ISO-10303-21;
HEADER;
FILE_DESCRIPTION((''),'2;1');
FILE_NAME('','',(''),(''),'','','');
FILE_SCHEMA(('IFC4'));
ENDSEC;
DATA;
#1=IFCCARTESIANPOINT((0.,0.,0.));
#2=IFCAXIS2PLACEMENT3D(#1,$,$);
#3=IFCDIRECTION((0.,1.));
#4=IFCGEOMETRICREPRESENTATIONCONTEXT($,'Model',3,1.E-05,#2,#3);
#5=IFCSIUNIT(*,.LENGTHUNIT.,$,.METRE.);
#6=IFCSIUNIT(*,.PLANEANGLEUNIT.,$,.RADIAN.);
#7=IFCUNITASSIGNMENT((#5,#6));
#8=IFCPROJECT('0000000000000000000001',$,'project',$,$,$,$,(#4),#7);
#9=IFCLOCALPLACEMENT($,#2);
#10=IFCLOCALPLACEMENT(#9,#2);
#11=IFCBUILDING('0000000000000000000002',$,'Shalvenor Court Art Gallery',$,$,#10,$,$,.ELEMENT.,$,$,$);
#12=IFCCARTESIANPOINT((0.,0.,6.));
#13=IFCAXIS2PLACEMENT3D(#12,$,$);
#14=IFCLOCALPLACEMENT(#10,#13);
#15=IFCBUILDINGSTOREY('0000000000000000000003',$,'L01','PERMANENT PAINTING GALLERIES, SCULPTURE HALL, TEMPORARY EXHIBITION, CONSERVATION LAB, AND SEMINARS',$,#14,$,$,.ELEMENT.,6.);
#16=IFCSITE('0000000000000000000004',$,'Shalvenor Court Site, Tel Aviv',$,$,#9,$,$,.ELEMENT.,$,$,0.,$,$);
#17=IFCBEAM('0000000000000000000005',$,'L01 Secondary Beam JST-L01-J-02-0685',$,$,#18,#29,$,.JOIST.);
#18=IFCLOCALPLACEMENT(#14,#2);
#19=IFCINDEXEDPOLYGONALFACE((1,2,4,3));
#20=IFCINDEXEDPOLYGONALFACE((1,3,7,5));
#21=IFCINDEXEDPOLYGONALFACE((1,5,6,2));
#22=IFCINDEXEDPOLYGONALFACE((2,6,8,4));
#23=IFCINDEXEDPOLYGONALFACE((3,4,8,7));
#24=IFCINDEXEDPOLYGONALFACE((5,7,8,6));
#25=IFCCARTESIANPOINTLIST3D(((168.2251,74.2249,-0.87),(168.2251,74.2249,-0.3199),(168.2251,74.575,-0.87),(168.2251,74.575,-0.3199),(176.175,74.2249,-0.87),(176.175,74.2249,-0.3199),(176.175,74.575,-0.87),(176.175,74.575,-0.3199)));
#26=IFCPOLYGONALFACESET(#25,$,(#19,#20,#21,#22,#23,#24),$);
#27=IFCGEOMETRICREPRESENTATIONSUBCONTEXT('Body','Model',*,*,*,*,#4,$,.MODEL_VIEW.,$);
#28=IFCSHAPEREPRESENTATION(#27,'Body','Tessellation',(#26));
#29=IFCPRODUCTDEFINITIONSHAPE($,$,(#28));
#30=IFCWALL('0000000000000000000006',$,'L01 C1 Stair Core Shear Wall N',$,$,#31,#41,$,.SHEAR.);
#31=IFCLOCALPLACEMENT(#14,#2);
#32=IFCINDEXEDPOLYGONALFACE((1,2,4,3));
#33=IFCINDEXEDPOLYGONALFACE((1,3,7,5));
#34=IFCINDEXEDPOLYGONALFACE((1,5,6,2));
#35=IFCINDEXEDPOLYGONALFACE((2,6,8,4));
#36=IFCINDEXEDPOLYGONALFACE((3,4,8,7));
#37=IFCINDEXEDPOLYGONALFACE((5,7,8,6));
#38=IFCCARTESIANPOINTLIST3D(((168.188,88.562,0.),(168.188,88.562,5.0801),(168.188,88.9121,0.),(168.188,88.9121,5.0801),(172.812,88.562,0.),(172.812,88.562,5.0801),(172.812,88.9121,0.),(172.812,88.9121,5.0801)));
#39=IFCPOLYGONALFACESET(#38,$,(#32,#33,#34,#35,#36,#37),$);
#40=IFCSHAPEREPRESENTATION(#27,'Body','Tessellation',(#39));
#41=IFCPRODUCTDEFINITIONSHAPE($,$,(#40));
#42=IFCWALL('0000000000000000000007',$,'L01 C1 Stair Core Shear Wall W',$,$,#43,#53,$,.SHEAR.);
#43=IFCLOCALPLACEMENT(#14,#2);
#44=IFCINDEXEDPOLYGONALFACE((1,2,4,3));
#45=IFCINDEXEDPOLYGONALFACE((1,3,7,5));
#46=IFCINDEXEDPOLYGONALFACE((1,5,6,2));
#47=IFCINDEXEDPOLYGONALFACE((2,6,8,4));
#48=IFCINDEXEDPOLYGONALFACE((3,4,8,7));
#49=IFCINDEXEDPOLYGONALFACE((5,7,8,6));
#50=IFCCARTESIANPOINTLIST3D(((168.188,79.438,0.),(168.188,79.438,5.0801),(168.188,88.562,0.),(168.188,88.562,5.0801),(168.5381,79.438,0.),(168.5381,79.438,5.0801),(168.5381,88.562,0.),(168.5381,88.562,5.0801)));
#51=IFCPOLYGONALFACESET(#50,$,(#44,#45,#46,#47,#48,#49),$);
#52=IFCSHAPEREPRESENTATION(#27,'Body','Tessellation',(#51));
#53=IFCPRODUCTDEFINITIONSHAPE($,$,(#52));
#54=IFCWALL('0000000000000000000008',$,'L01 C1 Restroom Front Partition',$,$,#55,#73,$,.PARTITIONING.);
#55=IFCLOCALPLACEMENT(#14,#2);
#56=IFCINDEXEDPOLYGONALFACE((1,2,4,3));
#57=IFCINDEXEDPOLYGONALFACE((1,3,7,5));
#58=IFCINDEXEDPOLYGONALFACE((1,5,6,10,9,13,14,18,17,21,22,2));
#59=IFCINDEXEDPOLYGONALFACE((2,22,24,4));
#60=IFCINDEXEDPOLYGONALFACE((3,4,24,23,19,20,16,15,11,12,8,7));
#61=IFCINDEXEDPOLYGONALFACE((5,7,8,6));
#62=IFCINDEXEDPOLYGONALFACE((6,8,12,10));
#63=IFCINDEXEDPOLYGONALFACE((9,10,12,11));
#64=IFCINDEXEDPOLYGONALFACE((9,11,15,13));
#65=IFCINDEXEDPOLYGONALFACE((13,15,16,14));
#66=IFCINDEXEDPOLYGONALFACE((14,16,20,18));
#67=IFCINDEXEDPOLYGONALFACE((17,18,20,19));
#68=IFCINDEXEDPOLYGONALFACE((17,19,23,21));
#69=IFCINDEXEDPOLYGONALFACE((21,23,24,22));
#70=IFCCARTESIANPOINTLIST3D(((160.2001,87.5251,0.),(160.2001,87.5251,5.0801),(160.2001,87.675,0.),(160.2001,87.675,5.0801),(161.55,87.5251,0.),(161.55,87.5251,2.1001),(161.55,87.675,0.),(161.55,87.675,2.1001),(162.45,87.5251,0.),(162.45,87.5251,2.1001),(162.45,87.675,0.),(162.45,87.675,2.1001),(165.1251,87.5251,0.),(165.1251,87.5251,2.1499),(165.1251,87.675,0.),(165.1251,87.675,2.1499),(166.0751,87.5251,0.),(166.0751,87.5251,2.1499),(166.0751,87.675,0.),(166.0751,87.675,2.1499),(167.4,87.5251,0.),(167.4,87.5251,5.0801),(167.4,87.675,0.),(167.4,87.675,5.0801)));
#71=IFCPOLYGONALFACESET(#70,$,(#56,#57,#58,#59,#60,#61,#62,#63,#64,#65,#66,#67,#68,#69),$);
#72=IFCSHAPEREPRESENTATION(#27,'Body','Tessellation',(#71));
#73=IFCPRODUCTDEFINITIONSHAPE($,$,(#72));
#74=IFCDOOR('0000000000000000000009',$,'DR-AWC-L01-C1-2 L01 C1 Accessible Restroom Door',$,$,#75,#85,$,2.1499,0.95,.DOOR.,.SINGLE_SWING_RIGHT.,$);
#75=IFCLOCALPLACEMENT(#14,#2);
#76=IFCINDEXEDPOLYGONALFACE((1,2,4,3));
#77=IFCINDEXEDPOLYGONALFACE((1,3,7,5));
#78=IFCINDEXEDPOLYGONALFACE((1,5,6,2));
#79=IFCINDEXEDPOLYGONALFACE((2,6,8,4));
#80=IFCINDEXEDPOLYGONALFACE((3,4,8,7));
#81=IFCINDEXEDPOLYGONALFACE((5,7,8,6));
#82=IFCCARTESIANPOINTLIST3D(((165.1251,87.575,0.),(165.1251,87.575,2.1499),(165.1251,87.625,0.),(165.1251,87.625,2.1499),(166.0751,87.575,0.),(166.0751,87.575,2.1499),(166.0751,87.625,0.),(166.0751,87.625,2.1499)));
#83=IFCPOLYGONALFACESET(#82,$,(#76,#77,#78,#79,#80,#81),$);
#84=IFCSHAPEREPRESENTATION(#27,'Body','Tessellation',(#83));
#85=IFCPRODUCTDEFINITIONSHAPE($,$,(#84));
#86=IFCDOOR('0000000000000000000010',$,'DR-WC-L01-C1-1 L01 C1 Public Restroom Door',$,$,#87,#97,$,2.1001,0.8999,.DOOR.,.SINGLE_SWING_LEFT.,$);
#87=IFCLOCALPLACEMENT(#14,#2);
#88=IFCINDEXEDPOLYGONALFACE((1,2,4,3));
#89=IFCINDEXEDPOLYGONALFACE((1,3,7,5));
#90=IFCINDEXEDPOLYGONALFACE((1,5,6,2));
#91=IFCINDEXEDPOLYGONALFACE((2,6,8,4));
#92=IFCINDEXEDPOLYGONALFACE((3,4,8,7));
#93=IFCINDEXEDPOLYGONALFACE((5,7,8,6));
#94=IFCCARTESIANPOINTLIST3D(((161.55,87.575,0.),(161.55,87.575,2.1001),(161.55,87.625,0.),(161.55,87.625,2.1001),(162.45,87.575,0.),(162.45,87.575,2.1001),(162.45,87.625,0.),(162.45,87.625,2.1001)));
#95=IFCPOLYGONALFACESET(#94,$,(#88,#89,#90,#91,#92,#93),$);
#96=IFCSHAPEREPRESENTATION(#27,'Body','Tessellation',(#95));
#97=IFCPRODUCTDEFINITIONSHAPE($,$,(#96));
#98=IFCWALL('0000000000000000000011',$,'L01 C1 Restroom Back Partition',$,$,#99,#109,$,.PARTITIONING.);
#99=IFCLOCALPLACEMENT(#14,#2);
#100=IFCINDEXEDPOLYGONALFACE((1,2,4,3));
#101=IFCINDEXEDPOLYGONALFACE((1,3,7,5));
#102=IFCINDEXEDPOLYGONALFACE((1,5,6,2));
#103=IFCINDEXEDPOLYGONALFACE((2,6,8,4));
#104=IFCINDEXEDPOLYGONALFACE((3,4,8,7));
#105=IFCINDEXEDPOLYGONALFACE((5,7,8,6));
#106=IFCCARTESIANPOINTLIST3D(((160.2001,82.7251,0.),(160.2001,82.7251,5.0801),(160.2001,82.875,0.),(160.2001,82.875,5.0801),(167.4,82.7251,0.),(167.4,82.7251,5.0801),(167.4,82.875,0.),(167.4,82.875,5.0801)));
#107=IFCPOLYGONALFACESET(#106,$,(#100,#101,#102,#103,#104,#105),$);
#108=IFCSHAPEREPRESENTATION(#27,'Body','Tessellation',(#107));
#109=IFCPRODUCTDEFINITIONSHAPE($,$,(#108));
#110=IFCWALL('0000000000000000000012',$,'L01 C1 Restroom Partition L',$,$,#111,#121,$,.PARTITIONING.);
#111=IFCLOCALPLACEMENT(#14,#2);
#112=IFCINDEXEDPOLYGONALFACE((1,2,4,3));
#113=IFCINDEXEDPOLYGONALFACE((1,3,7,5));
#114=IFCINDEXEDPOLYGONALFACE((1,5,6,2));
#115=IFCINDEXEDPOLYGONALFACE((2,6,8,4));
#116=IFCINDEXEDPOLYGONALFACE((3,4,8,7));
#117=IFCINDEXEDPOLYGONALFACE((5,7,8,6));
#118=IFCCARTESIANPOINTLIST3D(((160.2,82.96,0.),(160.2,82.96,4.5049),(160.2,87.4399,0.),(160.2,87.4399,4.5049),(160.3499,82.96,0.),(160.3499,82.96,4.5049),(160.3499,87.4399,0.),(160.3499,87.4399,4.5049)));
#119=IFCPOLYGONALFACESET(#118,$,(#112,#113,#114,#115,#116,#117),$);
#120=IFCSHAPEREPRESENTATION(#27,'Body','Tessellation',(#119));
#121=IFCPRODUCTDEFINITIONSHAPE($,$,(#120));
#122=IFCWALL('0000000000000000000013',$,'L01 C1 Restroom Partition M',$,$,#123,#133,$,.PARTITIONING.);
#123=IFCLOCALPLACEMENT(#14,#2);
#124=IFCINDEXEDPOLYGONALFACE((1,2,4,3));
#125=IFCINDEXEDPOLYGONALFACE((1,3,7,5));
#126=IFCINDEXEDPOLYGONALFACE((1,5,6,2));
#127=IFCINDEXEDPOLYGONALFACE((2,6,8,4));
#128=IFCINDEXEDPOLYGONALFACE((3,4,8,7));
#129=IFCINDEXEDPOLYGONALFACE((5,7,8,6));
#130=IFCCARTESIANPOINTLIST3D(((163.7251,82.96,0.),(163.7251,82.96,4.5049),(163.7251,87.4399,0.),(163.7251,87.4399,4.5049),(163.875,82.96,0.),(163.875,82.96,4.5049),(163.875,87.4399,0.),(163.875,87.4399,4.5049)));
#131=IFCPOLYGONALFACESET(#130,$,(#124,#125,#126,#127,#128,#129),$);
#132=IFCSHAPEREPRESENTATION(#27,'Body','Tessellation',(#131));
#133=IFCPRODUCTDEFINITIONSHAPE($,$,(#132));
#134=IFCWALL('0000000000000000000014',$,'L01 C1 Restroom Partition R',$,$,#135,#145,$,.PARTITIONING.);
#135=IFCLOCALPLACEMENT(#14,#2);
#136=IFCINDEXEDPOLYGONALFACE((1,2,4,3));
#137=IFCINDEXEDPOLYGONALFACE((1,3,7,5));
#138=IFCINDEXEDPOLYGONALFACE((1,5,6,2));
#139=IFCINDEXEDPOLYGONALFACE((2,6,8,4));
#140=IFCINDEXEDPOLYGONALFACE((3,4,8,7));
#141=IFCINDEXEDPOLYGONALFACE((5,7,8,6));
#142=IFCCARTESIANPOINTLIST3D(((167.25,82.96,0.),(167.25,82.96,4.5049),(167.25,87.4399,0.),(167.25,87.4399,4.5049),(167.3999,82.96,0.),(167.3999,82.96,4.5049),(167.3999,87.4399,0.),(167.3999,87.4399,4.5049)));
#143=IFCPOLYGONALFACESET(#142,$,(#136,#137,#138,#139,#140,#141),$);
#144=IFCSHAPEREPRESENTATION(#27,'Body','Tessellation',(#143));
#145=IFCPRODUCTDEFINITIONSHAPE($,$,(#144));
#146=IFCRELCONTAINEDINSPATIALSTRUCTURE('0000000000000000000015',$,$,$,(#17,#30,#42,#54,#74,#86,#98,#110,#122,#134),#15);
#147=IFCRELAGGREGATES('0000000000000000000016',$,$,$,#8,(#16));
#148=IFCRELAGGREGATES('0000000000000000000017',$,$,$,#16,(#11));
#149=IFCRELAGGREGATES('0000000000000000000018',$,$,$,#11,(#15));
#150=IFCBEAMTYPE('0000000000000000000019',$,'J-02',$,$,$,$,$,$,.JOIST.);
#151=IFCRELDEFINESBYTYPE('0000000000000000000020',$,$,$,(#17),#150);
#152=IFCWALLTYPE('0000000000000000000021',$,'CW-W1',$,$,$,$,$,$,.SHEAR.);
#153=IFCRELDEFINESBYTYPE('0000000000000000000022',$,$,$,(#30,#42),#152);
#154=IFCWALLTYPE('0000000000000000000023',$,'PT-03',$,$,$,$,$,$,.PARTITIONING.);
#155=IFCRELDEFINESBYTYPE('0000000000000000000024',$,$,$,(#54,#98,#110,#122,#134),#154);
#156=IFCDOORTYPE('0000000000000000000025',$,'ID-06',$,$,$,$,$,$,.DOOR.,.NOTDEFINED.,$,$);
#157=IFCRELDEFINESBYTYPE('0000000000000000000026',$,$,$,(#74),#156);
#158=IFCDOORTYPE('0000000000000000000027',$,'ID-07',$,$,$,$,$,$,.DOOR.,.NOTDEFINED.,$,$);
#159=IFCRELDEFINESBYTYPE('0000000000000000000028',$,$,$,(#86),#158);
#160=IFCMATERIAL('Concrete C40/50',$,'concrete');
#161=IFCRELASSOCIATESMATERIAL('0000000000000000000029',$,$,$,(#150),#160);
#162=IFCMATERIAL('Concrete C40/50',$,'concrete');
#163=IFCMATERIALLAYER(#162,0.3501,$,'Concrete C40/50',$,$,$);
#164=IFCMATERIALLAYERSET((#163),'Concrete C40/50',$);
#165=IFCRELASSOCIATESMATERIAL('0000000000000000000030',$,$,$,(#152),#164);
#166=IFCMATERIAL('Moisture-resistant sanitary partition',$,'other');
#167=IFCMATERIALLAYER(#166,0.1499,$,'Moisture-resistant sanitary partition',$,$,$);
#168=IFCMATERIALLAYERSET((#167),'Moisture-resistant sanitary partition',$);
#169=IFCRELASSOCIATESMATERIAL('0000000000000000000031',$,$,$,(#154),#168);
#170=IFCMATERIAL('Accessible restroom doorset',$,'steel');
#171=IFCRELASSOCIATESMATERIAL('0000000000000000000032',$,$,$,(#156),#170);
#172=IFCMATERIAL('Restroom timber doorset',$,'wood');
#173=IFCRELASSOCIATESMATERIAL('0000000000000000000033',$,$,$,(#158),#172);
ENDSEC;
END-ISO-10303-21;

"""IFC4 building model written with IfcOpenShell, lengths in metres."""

from ifc_helpers import new_model, si_unit, direction, frame, frame_2d, origin, origin_2d, place, context, subcontext, project, spatial, rectangle, extrude, material, layer, layer_set, material_profile, profile_set, type_object, element, fill, save


model = new_model("IFC4")

# Units and contexts
model_context = context("Model", 3, precision=1e-05, world=origin(), true_north=direction((0.0, 1.0)))
body_context = subcontext(model_context, "Body", "Model", "MODEL_VIEW")
ifc_project = project(units=[si_unit("LENGTHUNIT", "METRE"), si_unit("PLANEANGLEUNIT", "RADIAN")], contexts=[model_context])

# Site, building, storey
site_placement = place(None, origin())
site = spatial("IfcSite", under=ifc_project, at=site_placement, Name="Shalvenor Court Site, Tel Aviv", CompositionType="ELEMENT", RefElevation=0.0)
building_placement = place(site_placement, origin())
building = spatial("IfcBuilding", under=site, at=building_placement, Name="Shalvenor Court Art Gallery", CompositionType="ELEMENT")
storey_placement = place(building_placement, frame((0.0, 0.0, 6.0)))
storey = spatial("IfcBuildingStorey", under=building, at=storey_placement, Name="L01", Description="PERMANENT PAINTING GALLERIES, SCULPTURE HALL, TEMPORARY EXHIBITION, CONSERVATION LAB, AND SEMINARS", CompositionType="ELEMENT", Elevation=6.0)

# Beam
ifc_material_1 = material(Name="Concrete C40/50", Category="concrete")
ifc_material_profile_1 = material_profile(ifc_material_1, rectangle(XDim=0.3501, YDim=0.55, at=origin_2d()), Name="RC 350x550")
ifc_profile_set_1 = profile_set([ifc_material_profile_1], Name="Concrete C40/50")
beam_type_1 = type_object("IfcBeamType", Name="J-02", PredefinedType="JOIST", material=ifc_profile_set_1)
for number, where, z_axis, x_axis, name in (
    (1, (168.2251, 74.3999, -0.595), (1.0, 0.0, 0.0), (0.0, 1.0, 0.0), "L01 Secondary Beam JST-L01-J-02-0685"),
):
    element("IfcBeam", number, at=place(storey_placement, frame(where, z_axis=z_axis, x_axis=x_axis)), inside=storey, type_object=beam_type_1, Name=name, PredefinedType="JOIST", context=body_context, shape_type="SweptSolid", body=[
        extrude(rectangle(XDim=0.3501, YDim=0.55, at=origin_2d()), origin(), (0.0, 0.0, 1.0), 7.95),
    ])

# Walls
ifc_material_2 = material(Name="Concrete C40/50", Category="concrete")
ifc_layer_1 = layer(ifc_material_2, 0.3501, Name="Concrete C40/50")
ifc_layer_set_1 = layer_set([ifc_layer_1], Name="Concrete C40/50")
wall_type_1 = type_object("IfcWallType", Name="CW-W1", PredefinedType="SHEAR", material=ifc_layer_set_1)
wall_1_placement = place(storey_placement, frame((168.188, 88.7371, 0.0), z_axis=(0.0, 0.0, 1.0), x_axis=(1.0, 0.0, 0.0)))
element("IfcWall", 2, at=wall_1_placement, inside=storey, type_object=wall_type_1, Name="L01 C1 Stair Core Shear Wall N", PredefinedType="SHEAR", context=body_context, shape_type="SweptSolid", body=[
    extrude(rectangle(XDim=4.624, YDim=0.3501, at=frame_2d((2.312, 0.0))), origin(), (0.0, 0.0, 1.0), 5.0801),
])
wall_2_placement = place(storey_placement, frame((168.363, 79.438, 0.0), z_axis=(0.0, 0.0, 1.0), x_axis=(0.0, 1.0, 0.0)))
element("IfcWall", 3, at=wall_2_placement, inside=storey, type_object=wall_type_1, Name="L01 C1 Stair Core Shear Wall W", PredefinedType="SHEAR", context=body_context, shape_type="SweptSolid", body=[
    extrude(rectangle(XDim=9.124, YDim=0.3501, at=frame_2d((4.562, 0.0))), origin(), (0.0, 0.0, 1.0), 5.0801),
])

# Wall, openings, doors
ifc_material_3 = material(Name="Moisture-resistant sanitary partition", Category="other")
ifc_layer_2 = layer(ifc_material_3, 0.1499, Name="Moisture-resistant sanitary partition")
ifc_layer_set_2 = layer_set([ifc_layer_2], Name="Moisture-resistant sanitary partition")
wall_type_2 = type_object("IfcWallType", Name="PT-03", PredefinedType="PARTITIONING", material=ifc_layer_set_2)
wall_3_placement = place(storey_placement, frame((160.2, 87.6001, 0.0), z_axis=(0.0, 0.0, 1.0), x_axis=(1.0, 0.0, 0.0)))
wall_3 = element("IfcWall", 4, at=wall_3_placement, inside=storey, type_object=wall_type_2, Name="L01 C1 Restroom Front Partition", PredefinedType="PARTITIONING", context=body_context, shape_type="SweptSolid", body=[
    extrude(rectangle(XDim=7.2, YDim=0.1499, at=frame_2d((3.6001, 0.0))), origin(), (0.0, 0.0, 1.0), 5.0801),
])
opening_1_placement = place(wall_3_placement, frame((1.3501, 0.0, 0.0)))
opening_1 = element("IfcOpeningElement", 5, at=opening_1_placement, cuts=wall_3, PredefinedType="OPENING", context=body_context, shape_type="SweptSolid", body=[
    extrude(rectangle(XDim=0.8999, YDim=2.1001, at=frame_2d((0.45, 1.05))), frame((0.0, 0.085, 0.0), z_axis=(0.0, -1.0, 0.0), x_axis=(1.0, 0.0, 0.0)), (0.0, 0.0, 1.0), 0.1699),
])
opening_2_placement = place(wall_3_placement, frame((4.925, 0.0, 0.0)))
opening_2 = element("IfcOpeningElement", 6, at=opening_2_placement, cuts=wall_3, PredefinedType="OPENING", context=body_context, shape_type="SweptSolid", body=[
    extrude(rectangle(XDim=0.95, YDim=2.1499, at=frame_2d((0.4751, 1.075))), frame((0.0, 0.085, 0.0), z_axis=(0.0, -1.0, 0.0), x_axis=(1.0, 0.0, 0.0)), (0.0, 0.0, 1.0), 0.1699),
])
ifc_material_4 = material(Name="Accessible restroom doorset", Category="steel")
door_type_1 = type_object("IfcDoorType", Name="ID-06", OperationType="NOTDEFINED", PredefinedType="DOOR", material=ifc_material_4)
door_1_placement = place(opening_2_placement, origin())
door_1 = element("IfcDoor", 7, at=door_1_placement, inside=storey, type_object=door_type_1, Name="DR-AWC-L01-C1-2 L01 C1 Accessible Restroom Door", OperationType="SINGLE_SWING_RIGHT", OverallHeight=2.1499, OverallWidth=0.95, PredefinedType="DOOR", context=body_context, shape_type="SweptSolid", body=[
    extrude(rectangle(XDim=0.95, YDim=2.1499, at=frame_2d((0.4751, 1.075))), frame((0.0, 0.0249, 0.0), z_axis=(0.0, -1.0, 0.0), x_axis=(1.0, 0.0, 0.0)), (0.0, 0.0, 1.0), 0.05),
])
fill(opening_2, door_1)
ifc_material_5 = material(Name="Restroom timber doorset", Category="wood")
door_type_2 = type_object("IfcDoorType", Name="ID-07", OperationType="NOTDEFINED", PredefinedType="DOOR", material=ifc_material_5)
door_2_placement = place(opening_1_placement, origin())
door_2 = element("IfcDoor", 8, at=door_2_placement, inside=storey, type_object=door_type_2, Name="DR-WC-L01-C1-1 L01 C1 Public Restroom Door", OperationType="SINGLE_SWING_LEFT", OverallHeight=2.1001, OverallWidth=0.8999, PredefinedType="DOOR", context=body_context, shape_type="SweptSolid", body=[
    extrude(rectangle(XDim=0.8999, YDim=2.1001, at=frame_2d((0.45, 1.05))), frame((0.0, 0.0249, 0.0), z_axis=(0.0, -1.0, 0.0), x_axis=(1.0, 0.0, 0.0)), (0.0, 0.0, 1.0), 0.05),
])
fill(opening_1, door_2)

# Walls
wall_4_placement = place(storey_placement, frame((160.2, 82.8, 0.0), z_axis=(0.0, 0.0, 1.0), x_axis=(1.0, 0.0, 0.0)))
element("IfcWall", 9, at=wall_4_placement, inside=storey, type_object=wall_type_2, Name="L01 C1 Restroom Back Partition", PredefinedType="PARTITIONING", context=body_context, shape_type="SweptSolid", body=[
    extrude(rectangle(XDim=7.2, YDim=0.1499, at=frame_2d((3.6001, 0.0))), origin(), (0.0, 0.0, 1.0), 5.0801),
])
for number, where, z_axis, x_axis, name in (
    (10, (160.2749, 82.96, 0.0), (0.0, 0.0, 1.0), (0.0, 1.0, 0.0), "L01 C1 Restroom Partition L"),
    (11, (163.8, 82.96, 0.0), (0.0, 0.0, 1.0), (0.0, 1.0, 0.0), "L01 C1 Restroom Partition M"),
    (12, (167.325, 82.96, 0.0), (0.0, 0.0, 1.0), (0.0, 1.0, 0.0), "L01 C1 Restroom Partition R"),
):
    element("IfcWall", number, at=place(storey_placement, frame(where, z_axis=z_axis, x_axis=x_axis)), inside=storey, type_object=wall_type_2, Name=name, PredefinedType="PARTITIONING", context=body_context, shape_type="SweptSolid", body=[
        extrude(rectangle(XDim=4.48, YDim=0.1499, at=frame_2d((2.24, 0.0))), origin(), (0.0, 0.0, 1.0), 4.5049),
    ])

save(model, "model.ifc")
